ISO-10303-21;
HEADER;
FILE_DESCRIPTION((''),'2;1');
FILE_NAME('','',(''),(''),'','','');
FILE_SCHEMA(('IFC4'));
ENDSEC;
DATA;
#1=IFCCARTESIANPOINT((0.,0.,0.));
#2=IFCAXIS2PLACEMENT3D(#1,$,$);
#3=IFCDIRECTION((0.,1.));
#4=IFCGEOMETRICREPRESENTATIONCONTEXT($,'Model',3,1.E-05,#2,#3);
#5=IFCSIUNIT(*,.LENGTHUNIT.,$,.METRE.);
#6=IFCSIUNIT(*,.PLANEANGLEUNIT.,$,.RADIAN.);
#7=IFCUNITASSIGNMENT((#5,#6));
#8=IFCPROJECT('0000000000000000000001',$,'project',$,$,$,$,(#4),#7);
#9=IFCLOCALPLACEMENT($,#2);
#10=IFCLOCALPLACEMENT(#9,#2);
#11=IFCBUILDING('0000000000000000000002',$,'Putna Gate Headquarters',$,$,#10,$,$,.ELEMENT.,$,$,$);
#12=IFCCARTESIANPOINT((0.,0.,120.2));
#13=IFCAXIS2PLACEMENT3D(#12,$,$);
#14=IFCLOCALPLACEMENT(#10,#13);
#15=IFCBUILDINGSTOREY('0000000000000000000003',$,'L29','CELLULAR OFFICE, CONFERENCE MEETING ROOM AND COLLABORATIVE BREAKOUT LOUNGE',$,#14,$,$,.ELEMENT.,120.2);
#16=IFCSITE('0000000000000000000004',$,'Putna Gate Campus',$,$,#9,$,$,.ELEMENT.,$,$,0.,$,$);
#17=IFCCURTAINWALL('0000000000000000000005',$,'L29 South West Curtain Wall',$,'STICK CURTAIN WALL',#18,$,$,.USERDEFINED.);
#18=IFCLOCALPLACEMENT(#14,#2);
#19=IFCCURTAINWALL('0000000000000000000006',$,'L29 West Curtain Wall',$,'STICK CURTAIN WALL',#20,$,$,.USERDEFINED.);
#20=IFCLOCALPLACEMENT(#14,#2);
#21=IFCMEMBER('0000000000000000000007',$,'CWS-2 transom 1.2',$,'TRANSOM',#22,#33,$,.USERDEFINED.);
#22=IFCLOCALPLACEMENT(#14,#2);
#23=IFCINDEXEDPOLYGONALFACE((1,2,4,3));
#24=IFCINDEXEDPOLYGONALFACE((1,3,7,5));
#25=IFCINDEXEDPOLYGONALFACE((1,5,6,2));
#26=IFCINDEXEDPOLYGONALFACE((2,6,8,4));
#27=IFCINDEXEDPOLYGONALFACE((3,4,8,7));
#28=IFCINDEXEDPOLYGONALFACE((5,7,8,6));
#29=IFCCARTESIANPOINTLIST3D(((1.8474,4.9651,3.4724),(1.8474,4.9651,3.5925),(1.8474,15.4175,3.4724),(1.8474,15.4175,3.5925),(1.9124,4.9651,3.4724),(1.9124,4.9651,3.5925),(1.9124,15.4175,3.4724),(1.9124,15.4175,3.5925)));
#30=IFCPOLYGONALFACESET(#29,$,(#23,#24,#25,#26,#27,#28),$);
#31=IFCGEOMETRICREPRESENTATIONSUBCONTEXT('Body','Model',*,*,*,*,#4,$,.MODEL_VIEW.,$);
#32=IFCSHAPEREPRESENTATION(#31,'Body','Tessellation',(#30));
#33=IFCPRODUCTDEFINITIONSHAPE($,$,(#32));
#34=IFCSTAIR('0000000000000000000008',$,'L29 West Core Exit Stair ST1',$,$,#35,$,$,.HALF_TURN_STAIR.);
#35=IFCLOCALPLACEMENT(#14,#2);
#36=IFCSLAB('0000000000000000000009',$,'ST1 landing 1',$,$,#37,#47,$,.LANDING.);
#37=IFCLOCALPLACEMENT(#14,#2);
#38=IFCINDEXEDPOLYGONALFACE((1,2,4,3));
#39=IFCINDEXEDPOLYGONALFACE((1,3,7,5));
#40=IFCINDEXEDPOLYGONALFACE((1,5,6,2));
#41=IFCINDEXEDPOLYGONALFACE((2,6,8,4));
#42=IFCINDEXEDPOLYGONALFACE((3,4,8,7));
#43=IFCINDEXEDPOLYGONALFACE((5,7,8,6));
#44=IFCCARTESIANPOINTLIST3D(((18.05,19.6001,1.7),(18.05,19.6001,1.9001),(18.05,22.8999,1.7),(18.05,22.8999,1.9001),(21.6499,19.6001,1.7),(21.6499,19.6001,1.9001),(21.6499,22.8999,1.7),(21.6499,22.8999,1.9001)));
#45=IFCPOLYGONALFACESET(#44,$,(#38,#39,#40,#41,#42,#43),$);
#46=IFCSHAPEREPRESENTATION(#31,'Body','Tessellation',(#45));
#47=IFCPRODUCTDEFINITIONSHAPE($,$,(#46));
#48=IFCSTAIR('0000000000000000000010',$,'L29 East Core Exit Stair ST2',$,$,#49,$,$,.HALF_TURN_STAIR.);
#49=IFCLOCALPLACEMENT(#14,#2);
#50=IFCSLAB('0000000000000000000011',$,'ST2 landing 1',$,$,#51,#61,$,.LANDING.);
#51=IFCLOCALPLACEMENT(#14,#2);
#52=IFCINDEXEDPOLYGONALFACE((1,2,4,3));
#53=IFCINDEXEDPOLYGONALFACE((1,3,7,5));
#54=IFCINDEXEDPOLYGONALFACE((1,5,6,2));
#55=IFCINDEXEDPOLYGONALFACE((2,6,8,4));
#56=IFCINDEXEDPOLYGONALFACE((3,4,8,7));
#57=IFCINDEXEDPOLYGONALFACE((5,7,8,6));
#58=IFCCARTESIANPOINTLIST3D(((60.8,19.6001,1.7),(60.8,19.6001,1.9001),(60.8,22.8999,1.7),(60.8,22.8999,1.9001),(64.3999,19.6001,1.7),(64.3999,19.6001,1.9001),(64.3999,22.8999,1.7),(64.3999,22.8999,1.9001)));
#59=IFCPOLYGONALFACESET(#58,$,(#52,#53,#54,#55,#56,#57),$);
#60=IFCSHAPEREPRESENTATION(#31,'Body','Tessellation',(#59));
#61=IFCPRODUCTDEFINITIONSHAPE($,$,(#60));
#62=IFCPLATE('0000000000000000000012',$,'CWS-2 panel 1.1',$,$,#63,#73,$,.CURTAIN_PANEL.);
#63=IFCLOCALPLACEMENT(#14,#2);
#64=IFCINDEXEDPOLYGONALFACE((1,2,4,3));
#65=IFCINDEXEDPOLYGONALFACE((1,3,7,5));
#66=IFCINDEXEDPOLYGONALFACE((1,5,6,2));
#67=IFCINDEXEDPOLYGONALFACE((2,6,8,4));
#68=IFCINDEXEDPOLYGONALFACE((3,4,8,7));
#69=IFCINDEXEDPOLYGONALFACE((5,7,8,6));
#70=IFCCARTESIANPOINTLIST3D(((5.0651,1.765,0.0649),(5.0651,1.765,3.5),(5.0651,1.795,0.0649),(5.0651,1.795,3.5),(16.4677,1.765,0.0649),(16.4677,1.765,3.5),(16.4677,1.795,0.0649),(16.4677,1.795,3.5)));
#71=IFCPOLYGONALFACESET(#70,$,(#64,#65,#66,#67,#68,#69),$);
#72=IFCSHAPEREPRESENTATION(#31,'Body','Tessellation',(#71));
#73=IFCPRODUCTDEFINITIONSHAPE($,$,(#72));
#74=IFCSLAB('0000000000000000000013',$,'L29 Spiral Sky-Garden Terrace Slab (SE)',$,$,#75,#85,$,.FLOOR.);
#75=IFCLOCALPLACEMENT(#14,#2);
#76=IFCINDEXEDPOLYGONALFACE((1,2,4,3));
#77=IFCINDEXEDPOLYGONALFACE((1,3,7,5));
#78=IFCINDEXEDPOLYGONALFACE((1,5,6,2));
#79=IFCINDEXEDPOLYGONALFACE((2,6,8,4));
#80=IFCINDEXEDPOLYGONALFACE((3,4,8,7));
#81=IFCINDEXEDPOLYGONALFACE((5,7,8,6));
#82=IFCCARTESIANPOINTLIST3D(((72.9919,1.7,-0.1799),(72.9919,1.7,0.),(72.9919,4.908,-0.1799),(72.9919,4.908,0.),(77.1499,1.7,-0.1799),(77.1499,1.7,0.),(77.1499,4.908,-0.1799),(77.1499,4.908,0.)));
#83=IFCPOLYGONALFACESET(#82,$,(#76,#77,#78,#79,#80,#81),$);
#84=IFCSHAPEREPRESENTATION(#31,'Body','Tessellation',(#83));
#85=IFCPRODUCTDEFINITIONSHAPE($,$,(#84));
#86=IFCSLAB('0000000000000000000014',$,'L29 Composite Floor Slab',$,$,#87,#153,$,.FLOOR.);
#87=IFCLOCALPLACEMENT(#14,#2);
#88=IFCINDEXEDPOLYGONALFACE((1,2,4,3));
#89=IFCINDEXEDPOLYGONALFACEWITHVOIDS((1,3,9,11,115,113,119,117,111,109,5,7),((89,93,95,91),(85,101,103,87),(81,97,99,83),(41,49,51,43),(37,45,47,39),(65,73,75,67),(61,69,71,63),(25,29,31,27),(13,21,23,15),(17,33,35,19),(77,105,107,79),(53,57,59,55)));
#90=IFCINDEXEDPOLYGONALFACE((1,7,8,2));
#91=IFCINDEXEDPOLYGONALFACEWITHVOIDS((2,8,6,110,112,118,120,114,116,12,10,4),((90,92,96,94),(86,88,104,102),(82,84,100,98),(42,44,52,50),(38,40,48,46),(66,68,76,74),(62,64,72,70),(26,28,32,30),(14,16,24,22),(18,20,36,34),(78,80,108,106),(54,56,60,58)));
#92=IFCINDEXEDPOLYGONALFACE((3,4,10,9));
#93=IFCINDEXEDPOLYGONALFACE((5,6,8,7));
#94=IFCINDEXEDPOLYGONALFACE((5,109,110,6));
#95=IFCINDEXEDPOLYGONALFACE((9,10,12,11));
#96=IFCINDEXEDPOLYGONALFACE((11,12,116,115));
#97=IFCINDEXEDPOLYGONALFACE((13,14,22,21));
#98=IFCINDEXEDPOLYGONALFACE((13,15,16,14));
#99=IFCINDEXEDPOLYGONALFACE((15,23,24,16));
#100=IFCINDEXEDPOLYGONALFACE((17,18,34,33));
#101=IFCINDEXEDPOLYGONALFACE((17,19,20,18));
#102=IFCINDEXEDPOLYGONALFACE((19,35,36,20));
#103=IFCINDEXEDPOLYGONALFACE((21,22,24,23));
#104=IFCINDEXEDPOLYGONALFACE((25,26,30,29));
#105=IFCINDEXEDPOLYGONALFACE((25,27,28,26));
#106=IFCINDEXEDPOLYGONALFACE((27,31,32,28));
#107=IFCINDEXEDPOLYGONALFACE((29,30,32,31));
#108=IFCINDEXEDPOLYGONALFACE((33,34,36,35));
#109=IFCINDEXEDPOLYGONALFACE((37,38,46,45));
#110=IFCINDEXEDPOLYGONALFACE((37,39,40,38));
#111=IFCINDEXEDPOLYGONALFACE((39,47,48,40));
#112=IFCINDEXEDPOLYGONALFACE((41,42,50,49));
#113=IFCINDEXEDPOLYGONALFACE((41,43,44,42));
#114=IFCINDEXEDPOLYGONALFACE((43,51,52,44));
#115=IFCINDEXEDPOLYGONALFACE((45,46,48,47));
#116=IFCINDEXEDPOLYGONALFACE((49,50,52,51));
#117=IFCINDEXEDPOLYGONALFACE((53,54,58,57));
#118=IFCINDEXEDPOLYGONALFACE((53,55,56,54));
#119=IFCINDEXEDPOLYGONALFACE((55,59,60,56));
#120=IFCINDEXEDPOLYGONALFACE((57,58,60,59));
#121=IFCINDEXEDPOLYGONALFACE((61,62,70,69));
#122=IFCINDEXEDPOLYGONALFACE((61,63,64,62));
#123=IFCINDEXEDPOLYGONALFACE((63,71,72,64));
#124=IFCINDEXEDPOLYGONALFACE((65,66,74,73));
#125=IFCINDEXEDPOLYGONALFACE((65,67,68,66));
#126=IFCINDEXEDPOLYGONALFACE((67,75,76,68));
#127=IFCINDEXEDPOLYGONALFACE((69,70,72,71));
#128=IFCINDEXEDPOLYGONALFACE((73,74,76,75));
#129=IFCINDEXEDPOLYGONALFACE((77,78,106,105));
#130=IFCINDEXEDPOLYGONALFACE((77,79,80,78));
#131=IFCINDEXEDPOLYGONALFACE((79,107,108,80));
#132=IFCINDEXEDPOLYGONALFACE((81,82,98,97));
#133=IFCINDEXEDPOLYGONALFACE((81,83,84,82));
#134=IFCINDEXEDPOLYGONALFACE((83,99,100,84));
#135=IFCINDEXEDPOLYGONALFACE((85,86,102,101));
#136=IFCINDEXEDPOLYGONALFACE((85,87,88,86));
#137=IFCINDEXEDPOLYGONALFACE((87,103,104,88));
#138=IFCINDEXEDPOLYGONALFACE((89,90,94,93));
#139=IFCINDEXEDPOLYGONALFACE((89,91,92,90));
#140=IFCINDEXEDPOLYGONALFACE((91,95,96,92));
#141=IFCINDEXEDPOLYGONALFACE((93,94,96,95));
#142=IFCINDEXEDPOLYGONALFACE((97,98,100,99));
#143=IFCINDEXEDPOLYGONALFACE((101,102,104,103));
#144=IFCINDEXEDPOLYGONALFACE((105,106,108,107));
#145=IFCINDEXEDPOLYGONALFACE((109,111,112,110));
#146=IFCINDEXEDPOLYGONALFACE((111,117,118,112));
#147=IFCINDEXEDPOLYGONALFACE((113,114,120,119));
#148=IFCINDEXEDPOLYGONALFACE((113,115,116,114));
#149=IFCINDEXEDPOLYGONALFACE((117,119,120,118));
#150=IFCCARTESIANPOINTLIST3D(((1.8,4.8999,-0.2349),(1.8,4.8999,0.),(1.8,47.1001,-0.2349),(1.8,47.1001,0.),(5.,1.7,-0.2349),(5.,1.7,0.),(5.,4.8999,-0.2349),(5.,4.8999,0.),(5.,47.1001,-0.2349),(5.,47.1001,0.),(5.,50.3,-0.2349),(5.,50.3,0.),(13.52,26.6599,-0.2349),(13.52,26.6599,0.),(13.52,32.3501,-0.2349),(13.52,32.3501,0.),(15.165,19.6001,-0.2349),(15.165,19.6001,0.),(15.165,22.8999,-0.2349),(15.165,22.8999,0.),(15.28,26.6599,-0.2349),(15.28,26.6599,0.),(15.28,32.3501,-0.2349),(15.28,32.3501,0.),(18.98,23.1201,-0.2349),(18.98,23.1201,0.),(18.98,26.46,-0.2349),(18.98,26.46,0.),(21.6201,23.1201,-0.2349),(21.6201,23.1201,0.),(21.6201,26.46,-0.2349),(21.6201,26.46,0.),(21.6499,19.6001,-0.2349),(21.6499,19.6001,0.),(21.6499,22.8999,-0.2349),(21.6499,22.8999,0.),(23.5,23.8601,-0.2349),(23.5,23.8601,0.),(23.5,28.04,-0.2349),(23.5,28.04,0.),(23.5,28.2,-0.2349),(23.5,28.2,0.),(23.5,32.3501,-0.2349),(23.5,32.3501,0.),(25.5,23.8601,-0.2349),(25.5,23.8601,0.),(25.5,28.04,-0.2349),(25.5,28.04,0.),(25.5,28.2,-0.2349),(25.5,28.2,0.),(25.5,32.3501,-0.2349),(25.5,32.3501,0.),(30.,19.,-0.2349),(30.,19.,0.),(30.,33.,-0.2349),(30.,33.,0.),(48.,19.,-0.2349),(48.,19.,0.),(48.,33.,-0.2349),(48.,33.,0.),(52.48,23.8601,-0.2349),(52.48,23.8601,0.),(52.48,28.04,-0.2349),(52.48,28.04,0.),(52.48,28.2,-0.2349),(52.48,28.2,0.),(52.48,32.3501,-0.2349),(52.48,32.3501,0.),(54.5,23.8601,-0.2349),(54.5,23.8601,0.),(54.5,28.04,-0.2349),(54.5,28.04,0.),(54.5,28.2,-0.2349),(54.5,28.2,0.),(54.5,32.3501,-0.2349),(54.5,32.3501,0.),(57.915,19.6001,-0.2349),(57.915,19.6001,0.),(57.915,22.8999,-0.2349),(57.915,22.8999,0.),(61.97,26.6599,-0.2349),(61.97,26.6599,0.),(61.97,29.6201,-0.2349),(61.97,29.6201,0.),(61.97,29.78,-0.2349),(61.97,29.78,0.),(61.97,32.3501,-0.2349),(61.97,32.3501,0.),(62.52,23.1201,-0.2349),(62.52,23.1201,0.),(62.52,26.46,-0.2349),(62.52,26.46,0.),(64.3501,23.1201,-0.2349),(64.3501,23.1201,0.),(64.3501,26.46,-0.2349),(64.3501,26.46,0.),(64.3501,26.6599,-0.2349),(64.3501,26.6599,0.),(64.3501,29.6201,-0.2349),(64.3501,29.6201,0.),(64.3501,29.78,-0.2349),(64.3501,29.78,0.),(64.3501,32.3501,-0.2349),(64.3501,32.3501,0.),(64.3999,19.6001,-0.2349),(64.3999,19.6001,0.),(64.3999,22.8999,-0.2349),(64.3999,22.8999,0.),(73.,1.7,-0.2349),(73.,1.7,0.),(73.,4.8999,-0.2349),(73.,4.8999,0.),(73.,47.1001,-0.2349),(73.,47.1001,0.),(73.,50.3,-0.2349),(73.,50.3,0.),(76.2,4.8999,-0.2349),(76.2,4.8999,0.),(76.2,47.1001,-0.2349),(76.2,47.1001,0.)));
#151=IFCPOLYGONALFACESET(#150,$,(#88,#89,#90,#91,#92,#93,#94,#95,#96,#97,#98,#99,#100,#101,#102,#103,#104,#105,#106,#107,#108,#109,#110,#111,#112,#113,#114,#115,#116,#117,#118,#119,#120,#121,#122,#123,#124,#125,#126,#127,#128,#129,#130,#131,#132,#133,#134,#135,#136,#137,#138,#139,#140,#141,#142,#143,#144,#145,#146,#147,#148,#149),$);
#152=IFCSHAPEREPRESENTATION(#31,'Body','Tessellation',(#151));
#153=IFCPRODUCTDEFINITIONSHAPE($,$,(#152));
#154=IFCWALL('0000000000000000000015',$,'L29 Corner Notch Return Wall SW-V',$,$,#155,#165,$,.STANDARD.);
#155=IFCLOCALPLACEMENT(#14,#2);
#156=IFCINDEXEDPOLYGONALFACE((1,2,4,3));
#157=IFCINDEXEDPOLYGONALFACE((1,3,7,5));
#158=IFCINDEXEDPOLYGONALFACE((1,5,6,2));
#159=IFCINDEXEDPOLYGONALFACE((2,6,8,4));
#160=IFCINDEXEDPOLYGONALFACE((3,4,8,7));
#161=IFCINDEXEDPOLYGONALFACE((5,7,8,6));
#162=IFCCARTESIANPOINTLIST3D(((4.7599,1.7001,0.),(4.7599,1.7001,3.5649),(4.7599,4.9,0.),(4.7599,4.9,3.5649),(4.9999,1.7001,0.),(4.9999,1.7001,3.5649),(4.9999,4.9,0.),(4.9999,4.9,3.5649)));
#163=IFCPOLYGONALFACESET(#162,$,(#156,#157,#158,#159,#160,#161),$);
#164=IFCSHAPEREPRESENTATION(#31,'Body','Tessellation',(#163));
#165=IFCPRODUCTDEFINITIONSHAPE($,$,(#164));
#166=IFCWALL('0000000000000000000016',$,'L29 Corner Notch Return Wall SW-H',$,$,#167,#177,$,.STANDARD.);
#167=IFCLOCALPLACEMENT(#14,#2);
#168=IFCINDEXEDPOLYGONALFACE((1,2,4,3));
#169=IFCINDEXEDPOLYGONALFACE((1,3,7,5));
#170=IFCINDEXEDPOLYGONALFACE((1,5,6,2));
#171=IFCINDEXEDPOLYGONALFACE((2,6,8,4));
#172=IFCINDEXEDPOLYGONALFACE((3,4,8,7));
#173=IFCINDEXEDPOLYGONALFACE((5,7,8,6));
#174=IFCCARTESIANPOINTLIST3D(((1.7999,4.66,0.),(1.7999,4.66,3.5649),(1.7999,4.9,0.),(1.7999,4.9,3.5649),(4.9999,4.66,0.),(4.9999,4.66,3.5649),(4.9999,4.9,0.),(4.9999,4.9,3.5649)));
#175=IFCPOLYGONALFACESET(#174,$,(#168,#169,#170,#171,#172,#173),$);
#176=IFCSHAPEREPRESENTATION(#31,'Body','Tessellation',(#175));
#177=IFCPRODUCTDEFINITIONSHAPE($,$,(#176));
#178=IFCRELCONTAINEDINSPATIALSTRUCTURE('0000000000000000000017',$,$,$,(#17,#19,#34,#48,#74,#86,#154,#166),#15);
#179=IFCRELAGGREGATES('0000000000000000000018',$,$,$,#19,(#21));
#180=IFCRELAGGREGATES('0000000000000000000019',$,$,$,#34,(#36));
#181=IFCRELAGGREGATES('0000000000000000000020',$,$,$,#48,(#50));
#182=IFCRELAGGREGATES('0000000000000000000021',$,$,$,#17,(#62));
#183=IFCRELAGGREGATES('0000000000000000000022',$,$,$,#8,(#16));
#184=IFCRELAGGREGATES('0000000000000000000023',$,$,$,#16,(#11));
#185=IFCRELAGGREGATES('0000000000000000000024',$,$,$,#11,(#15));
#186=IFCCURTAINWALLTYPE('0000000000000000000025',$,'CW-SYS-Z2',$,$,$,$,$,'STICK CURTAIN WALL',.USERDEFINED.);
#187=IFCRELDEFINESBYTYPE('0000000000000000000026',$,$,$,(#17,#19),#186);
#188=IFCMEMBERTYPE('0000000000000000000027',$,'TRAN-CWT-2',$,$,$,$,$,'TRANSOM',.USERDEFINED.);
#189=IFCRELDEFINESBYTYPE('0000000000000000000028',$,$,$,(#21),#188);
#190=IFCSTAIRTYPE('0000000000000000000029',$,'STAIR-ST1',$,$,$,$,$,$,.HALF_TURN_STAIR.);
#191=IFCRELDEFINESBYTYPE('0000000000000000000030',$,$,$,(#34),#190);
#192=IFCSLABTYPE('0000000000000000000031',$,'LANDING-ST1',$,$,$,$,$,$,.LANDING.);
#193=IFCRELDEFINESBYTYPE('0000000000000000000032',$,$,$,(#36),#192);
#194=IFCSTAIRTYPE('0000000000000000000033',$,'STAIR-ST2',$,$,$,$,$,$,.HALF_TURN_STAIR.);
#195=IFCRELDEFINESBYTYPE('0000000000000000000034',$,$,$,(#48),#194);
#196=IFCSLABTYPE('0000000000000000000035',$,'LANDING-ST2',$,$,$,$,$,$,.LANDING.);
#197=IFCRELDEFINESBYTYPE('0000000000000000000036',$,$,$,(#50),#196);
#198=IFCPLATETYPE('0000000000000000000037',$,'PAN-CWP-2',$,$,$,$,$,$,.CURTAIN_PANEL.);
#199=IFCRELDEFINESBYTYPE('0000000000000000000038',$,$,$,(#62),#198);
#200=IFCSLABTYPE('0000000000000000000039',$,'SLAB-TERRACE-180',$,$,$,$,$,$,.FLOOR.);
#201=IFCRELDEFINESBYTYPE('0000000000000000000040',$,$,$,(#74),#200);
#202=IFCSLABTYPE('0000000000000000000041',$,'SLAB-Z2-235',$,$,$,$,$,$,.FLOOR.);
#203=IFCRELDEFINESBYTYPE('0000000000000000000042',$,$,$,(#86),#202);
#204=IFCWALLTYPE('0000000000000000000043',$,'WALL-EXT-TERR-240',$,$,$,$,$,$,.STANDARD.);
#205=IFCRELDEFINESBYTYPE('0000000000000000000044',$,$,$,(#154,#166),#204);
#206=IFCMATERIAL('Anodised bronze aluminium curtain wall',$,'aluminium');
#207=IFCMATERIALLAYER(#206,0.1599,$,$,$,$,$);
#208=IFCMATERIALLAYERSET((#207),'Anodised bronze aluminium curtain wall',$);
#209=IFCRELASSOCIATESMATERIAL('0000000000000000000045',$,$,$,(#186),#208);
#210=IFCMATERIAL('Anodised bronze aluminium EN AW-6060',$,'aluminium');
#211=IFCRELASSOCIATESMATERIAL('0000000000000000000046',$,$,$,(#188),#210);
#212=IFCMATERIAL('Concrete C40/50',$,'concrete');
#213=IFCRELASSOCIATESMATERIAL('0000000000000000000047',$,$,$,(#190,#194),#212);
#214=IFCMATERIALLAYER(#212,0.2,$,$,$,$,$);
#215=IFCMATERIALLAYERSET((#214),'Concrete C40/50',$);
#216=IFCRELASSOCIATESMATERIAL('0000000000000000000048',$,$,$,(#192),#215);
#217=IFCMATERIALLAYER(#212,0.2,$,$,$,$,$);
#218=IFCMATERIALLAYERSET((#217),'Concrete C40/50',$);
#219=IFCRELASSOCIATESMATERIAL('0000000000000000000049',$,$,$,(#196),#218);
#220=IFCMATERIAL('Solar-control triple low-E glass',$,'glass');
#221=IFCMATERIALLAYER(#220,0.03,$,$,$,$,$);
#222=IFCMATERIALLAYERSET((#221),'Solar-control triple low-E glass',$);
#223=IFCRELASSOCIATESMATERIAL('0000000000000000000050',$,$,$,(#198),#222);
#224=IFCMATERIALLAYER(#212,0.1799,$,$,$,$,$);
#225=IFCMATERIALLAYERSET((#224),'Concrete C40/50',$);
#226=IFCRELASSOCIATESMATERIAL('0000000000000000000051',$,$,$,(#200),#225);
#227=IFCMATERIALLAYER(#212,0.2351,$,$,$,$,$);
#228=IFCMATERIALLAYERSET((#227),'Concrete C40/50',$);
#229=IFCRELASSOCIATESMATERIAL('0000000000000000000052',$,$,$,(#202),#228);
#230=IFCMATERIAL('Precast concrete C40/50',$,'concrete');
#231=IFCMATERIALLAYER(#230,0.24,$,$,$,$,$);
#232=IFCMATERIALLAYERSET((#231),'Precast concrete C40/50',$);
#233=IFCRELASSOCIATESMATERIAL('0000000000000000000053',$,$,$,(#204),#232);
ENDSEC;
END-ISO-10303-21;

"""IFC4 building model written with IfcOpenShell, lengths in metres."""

from ifc_helpers import new_model, si_unit, direction, frame, frame_2d, origin, origin_2d, place, context, subcontext, project, spatial, polyline, rectangle, outline, extrude, material, layer, layer_set, material_profile, profile_set, type_object, element, aggregate, save


model = new_model("IFC4")

# Units and contexts
model_context = context("Model", 3, precision=1e-05, world=origin(), true_north=direction((0.0, 1.0)))
body_context = subcontext(model_context, "Body", "Model", "MODEL_VIEW")
ifc_project = project(units=[si_unit("LENGTHUNIT", "METRE"), si_unit("PLANEANGLEUNIT", "RADIAN")], contexts=[model_context])

# Site, building, storey
site_placement = place(None, origin())
site = spatial("IfcSite", under=ifc_project, at=site_placement, Name="Putna Gate Campus", CompositionType="ELEMENT", RefElevation=0.0)
building_placement = place(site_placement, origin())
building = spatial("IfcBuilding", under=site, at=building_placement, Name="Putna Gate Headquarters", CompositionType="ELEMENT")
storey_placement = place(building_placement, frame((0.0, 0.0, 120.2)))
storey = spatial("IfcBuildingStorey", under=building, at=storey_placement, Name="L29", Description="CELLULAR OFFICE, CONFERENCE MEETING ROOM AND COLLABORATIVE BREAKOUT LOUNGE", CompositionType="ELEMENT", Elevation=120.2)

# Curtain walls
ifc_material_1 = material(Name="Anodised bronze aluminium curtain wall", Category="aluminium")
ifc_layer_1 = layer(ifc_material_1, 0.1599)
ifc_layer_set_1 = layer_set([ifc_layer_1], Name="Anodised bronze aluminium curtain wall")
curtain_wall_type = type_object("IfcCurtainWallType", Name="CW-SYS-Z2", ElementType="STICK CURTAIN WALL", PredefinedType="USERDEFINED", material=ifc_layer_set_1)
curtain_wall_1_placement = place(storey_placement, origin())
curtain_wall_1 = element("IfcCurtainWall", 1, at=curtain_wall_1_placement, inside=storey, type_object=curtain_wall_type, Name="L29 South West Curtain Wall", ObjectType="STICK CURTAIN WALL", PredefinedType="USERDEFINED")
ifc_material_2 = material(Name="Anodised bronze aluminium EN AW-6060", Category="aluminium")
curtain_wall_2_placement = place(storey_placement, origin())
curtain_wall_2 = element("IfcCurtainWall", 2, at=curtain_wall_2_placement, inside=storey, type_object=curtain_wall_type, Name="L29 West Curtain Wall", ObjectType="STICK CURTAIN WALL", PredefinedType="USERDEFINED")

# Member
ifc_material_profile_1 = material_profile(ifc_material_2, rectangle(XDim=0.0649, YDim=0.1201, at=origin_2d()), Name="Anodised bronze aluminium EN AW-6060")
ifc_profile_set_1 = profile_set([ifc_material_profile_1], Name="Anodised bronze aluminium EN AW-6060")
member_type_1 = type_object("IfcMemberType", Name="TRAN-CWT-2", ElementType="TRANSOM", PredefinedType="USERDEFINED", material=ifc_profile_set_1)
member_1_placement = place(storey_placement, frame((1.8799, 4.9651, 3.5325), z_axis=(0.0, 1.0, 0.0), x_axis=(-1.0, 0.0, 0.0)))
member_1 = element("IfcMember", 3, at=member_1_placement, type_object=member_type_1, Name="CWS-2 transom 1.2", ObjectType="TRANSOM", PredefinedType="USERDEFINED", context=body_context, shape_type="SweptSolid", body=[
    extrude(rectangle(XDim=0.0649, YDim=0.1201, at=origin_2d()), origin(), (0.0, 0.0, 1.0), 10.4524),
])
aggregate(curtain_wall_2, [member_1])

# Stairs, slabs
ifc_material_3 = material(Name="Concrete C40/50", Category="concrete")
stair_type_1 = type_object("IfcStairType", Name="STAIR-ST1", PredefinedType="HALF_TURN_STAIR", material=ifc_material_3)
stair_1_placement = place(storey_placement, origin())
stair_1 = element("IfcStair", 4, at=stair_1_placement, inside=storey, type_object=stair_type_1, Name="L29 West Core Exit Stair ST1", PredefinedType="HALF_TURN_STAIR")
ifc_layer_2 = layer(ifc_material_3, 0.2)
ifc_layer_set_2 = layer_set([ifc_layer_2], Name="Concrete C40/50")
slab_type_1 = type_object("IfcSlabType", Name="LANDING-ST1", PredefinedType="LANDING", material=ifc_layer_set_2)
slab_1_placement = place(storey_placement, frame((0.0, 0.0, 1.7)))
slab_1 = element("IfcSlab", 5, at=slab_1_placement, type_object=slab_type_1, Name="ST1 landing 1", PredefinedType="LANDING", context=body_context, shape_type="SweptSolid", body=[
    extrude(outline(polyline([(18.05, 19.6001), (21.6499, 19.6001), (21.6499, 22.8999), (18.05, 22.8999), (18.05, 19.6001)])), origin(), (0.0, 0.0, 1.0), 0.2002),
])
aggregate(stair_1, [slab_1])
stair_type_2 = type_object("IfcStairType", Name="STAIR-ST2", PredefinedType="HALF_TURN_STAIR", material=ifc_material_3)
stair_2_placement = place(storey_placement, origin())
stair_2 = element("IfcStair", 6, at=stair_2_placement, inside=storey, type_object=stair_type_2, Name="L29 East Core Exit Stair ST2", PredefinedType="HALF_TURN_STAIR")
ifc_layer_3 = layer(ifc_material_3, 0.2)
ifc_layer_set_3 = layer_set([ifc_layer_3], Name="Concrete C40/50")
slab_type_2 = type_object("IfcSlabType", Name="LANDING-ST2", PredefinedType="LANDING", material=ifc_layer_set_3)
slab_2_placement = place(storey_placement, frame((0.0, 0.0, 1.7)))
slab_2 = element("IfcSlab", 7, at=slab_2_placement, type_object=slab_type_2, Name="ST2 landing 1", PredefinedType="LANDING", context=body_context, shape_type="SweptSolid", body=[
    extrude(outline(polyline([(60.8, 19.6001), (64.3999, 19.6001), (64.3999, 22.8999), (60.8, 22.8999), (60.8, 19.6001)])), origin(), (0.0, 0.0, 1.0), 0.2002),
])
aggregate(stair_2, [slab_2])

# Plate
ifc_material_4 = material(Name="Solar-control triple low-E glass", Category="glass")
ifc_layer_4 = layer(ifc_material_4, 0.03)
ifc_layer_set_4 = layer_set([ifc_layer_4], Name="Solar-control triple low-E glass")
plate_type = type_object("IfcPlateType", Name="PAN-CWP-2", PredefinedType="CURTAIN_PANEL", material=ifc_layer_set_4)
plate_placement = place(storey_placement, frame((10.7664, 1.78, 0.0649), z_axis=(0.0, 0.0, 1.0), x_axis=(1.0, 0.0, 0.0)))
plate = element("IfcPlate", 8, at=plate_placement, type_object=plate_type, Name="CWS-2 panel 1.1", PredefinedType="CURTAIN_PANEL", context=body_context, shape_type="SweptSolid", body=[
    extrude(rectangle(XDim=11.4026, YDim=0.03, at=origin_2d()), origin(), (0.0, 0.0, 1.0), 3.4351),
])
aggregate(curtain_wall_1, [plate])

# Slabs
ifc_layer_5 = layer(ifc_material_3, 0.1799)
ifc_layer_set_5 = layer_set([ifc_layer_5], Name="Concrete C40/50")
slab_type_3 = type_object("IfcSlabType", Name="SLAB-TERRACE-180", PredefinedType="FLOOR", material=ifc_layer_set_5)
slab_3_placement = place(storey_placement, frame((0.0, 0.0, -0.1799)))
element("IfcSlab", 9, at=slab_3_placement, inside=storey, type_object=slab_type_3, Name="L29 Spiral Sky-Garden Terrace Slab (SE)", PredefinedType="FLOOR", context=body_context, shape_type="SweptSolid", body=[
    extrude(outline(polyline([(72.9919, 1.7), (77.1499, 1.7), (77.1499, 4.908), (72.9919, 4.908), (72.9919, 1.7)])), origin(), (0.0, 0.0, 1.0), 0.1799),
])
ifc_layer_6 = layer(ifc_material_3, 0.2351)
ifc_layer_set_6 = layer_set([ifc_layer_6], Name="Concrete C40/50")
slab_type_4 = type_object("IfcSlabType", Name="SLAB-Z2-235", PredefinedType="FLOOR", material=ifc_layer_set_6)
slab_4_placement = place(storey_placement, frame((0.0, 0.0, -0.2349)))
element("IfcSlab", 10, at=slab_4_placement, inside=storey, type_object=slab_type_4, Name="L29 Composite Floor Slab", PredefinedType="FLOOR", context=body_context, shape_type="SweptSolid", body=[
    extrude(outline(polyline([(5.0, 1.7), (73.0, 1.7), (73.0, 4.8999), (76.2, 4.8999), (76.2, 47.1001), (73.0, 47.1001), (73.0, 50.3), (5.0, 50.3), (5.0, 47.1001), (1.8, 47.1001), (1.8, 4.8999), (5.0, 4.8999), (5.0, 1.7)]), holes=[polyline([(15.165, 19.6001), (21.6499, 19.6001), (21.6499, 22.8999), (15.165, 22.8999), (15.165, 19.6001)]), polyline([(57.915, 19.6001), (64.3999, 19.6001), (64.3999, 22.8999), (57.915, 22.8999), (57.915, 19.6001)]), polyline([(13.52, 26.6599), (15.28, 26.6599), (15.28, 32.3501), (13.52, 32.3501), (13.52, 26.6599)]), polyline([(61.97, 29.78), (64.3501, 29.78), (64.3501, 32.3501), (61.97, 32.3501), (61.97, 29.78)]), polyline([(18.98, 23.1201), (21.6201, 23.1201), (21.6201, 26.46), (18.98, 26.46), (18.98, 23.1201)]), polyline([(62.52, 23.1201), (64.3501, 23.1201), (64.3501, 26.46), (62.52, 26.46), (62.52, 23.1201)]), polyline([(61.97, 26.6599), (64.3501, 26.6599), (64.3501, 29.6201), (61.97, 29.6201), (61.97, 26.6599)]), polyline([(23.5, 23.8601), (25.5, 23.8601), (25.5, 28.04), (23.5, 28.04), (23.5, 23.8601)]), polyline([(52.48, 23.8601), (54.5, 23.8601), (54.5, 28.04), (52.48, 28.04), (52.48, 23.8601)]), polyline([(23.5, 28.2), (25.5, 28.2), (25.5, 32.3501), (23.5, 32.3501), (23.5, 28.2)]), polyline([(52.48, 28.2), (54.5, 28.2), (54.5, 32.3501), (52.48, 32.3501), (52.48, 28.2)]), polyline([(30.0, 19.0), (48.0, 19.0), (48.0, 33.0), (30.0, 33.0), (30.0, 19.0)])]), origin(), (0.0, 0.0, 1.0), 0.2349),
])

# Walls
ifc_material_5 = material(Name="Precast concrete C40/50", Category="concrete")
ifc_layer_7 = layer(ifc_material_5, 0.24)
ifc_layer_set_7 = layer_set([ifc_layer_7], Name="Precast concrete C40/50")
wall_type_1 = type_object("IfcWallType", Name="WALL-EXT-TERR-240", PredefinedType="STANDARD", material=ifc_layer_set_7)
for number, where, z_axis, x_axis, name in (
    (11, (4.8799, 1.7, 0.0), (0.0, 0.0, 1.0), (0.0, 1.0, 0.0), "L29 Corner Notch Return Wall SW-V"),
    (12, (5.0, 4.78, 0.0), (0.0, 0.0, 1.0), (-1.0, 0.0, 0.0), "L29 Corner Notch Return Wall SW-H"),
):
    element("IfcWall", number, at=place(storey_placement, frame(where, z_axis=z_axis, x_axis=x_axis)), inside=storey, type_object=wall_type_1, Name=name, PredefinedType="STANDARD", context=body_context, shape_type="SweptSolid", body=[
        extrude(rectangle(XDim=3.2, YDim=0.24, at=frame_2d((1.6001, 0.0))), origin(), (0.0, 0.0, 1.0), 3.5649),
    ])

save(model, "model.ifc")
